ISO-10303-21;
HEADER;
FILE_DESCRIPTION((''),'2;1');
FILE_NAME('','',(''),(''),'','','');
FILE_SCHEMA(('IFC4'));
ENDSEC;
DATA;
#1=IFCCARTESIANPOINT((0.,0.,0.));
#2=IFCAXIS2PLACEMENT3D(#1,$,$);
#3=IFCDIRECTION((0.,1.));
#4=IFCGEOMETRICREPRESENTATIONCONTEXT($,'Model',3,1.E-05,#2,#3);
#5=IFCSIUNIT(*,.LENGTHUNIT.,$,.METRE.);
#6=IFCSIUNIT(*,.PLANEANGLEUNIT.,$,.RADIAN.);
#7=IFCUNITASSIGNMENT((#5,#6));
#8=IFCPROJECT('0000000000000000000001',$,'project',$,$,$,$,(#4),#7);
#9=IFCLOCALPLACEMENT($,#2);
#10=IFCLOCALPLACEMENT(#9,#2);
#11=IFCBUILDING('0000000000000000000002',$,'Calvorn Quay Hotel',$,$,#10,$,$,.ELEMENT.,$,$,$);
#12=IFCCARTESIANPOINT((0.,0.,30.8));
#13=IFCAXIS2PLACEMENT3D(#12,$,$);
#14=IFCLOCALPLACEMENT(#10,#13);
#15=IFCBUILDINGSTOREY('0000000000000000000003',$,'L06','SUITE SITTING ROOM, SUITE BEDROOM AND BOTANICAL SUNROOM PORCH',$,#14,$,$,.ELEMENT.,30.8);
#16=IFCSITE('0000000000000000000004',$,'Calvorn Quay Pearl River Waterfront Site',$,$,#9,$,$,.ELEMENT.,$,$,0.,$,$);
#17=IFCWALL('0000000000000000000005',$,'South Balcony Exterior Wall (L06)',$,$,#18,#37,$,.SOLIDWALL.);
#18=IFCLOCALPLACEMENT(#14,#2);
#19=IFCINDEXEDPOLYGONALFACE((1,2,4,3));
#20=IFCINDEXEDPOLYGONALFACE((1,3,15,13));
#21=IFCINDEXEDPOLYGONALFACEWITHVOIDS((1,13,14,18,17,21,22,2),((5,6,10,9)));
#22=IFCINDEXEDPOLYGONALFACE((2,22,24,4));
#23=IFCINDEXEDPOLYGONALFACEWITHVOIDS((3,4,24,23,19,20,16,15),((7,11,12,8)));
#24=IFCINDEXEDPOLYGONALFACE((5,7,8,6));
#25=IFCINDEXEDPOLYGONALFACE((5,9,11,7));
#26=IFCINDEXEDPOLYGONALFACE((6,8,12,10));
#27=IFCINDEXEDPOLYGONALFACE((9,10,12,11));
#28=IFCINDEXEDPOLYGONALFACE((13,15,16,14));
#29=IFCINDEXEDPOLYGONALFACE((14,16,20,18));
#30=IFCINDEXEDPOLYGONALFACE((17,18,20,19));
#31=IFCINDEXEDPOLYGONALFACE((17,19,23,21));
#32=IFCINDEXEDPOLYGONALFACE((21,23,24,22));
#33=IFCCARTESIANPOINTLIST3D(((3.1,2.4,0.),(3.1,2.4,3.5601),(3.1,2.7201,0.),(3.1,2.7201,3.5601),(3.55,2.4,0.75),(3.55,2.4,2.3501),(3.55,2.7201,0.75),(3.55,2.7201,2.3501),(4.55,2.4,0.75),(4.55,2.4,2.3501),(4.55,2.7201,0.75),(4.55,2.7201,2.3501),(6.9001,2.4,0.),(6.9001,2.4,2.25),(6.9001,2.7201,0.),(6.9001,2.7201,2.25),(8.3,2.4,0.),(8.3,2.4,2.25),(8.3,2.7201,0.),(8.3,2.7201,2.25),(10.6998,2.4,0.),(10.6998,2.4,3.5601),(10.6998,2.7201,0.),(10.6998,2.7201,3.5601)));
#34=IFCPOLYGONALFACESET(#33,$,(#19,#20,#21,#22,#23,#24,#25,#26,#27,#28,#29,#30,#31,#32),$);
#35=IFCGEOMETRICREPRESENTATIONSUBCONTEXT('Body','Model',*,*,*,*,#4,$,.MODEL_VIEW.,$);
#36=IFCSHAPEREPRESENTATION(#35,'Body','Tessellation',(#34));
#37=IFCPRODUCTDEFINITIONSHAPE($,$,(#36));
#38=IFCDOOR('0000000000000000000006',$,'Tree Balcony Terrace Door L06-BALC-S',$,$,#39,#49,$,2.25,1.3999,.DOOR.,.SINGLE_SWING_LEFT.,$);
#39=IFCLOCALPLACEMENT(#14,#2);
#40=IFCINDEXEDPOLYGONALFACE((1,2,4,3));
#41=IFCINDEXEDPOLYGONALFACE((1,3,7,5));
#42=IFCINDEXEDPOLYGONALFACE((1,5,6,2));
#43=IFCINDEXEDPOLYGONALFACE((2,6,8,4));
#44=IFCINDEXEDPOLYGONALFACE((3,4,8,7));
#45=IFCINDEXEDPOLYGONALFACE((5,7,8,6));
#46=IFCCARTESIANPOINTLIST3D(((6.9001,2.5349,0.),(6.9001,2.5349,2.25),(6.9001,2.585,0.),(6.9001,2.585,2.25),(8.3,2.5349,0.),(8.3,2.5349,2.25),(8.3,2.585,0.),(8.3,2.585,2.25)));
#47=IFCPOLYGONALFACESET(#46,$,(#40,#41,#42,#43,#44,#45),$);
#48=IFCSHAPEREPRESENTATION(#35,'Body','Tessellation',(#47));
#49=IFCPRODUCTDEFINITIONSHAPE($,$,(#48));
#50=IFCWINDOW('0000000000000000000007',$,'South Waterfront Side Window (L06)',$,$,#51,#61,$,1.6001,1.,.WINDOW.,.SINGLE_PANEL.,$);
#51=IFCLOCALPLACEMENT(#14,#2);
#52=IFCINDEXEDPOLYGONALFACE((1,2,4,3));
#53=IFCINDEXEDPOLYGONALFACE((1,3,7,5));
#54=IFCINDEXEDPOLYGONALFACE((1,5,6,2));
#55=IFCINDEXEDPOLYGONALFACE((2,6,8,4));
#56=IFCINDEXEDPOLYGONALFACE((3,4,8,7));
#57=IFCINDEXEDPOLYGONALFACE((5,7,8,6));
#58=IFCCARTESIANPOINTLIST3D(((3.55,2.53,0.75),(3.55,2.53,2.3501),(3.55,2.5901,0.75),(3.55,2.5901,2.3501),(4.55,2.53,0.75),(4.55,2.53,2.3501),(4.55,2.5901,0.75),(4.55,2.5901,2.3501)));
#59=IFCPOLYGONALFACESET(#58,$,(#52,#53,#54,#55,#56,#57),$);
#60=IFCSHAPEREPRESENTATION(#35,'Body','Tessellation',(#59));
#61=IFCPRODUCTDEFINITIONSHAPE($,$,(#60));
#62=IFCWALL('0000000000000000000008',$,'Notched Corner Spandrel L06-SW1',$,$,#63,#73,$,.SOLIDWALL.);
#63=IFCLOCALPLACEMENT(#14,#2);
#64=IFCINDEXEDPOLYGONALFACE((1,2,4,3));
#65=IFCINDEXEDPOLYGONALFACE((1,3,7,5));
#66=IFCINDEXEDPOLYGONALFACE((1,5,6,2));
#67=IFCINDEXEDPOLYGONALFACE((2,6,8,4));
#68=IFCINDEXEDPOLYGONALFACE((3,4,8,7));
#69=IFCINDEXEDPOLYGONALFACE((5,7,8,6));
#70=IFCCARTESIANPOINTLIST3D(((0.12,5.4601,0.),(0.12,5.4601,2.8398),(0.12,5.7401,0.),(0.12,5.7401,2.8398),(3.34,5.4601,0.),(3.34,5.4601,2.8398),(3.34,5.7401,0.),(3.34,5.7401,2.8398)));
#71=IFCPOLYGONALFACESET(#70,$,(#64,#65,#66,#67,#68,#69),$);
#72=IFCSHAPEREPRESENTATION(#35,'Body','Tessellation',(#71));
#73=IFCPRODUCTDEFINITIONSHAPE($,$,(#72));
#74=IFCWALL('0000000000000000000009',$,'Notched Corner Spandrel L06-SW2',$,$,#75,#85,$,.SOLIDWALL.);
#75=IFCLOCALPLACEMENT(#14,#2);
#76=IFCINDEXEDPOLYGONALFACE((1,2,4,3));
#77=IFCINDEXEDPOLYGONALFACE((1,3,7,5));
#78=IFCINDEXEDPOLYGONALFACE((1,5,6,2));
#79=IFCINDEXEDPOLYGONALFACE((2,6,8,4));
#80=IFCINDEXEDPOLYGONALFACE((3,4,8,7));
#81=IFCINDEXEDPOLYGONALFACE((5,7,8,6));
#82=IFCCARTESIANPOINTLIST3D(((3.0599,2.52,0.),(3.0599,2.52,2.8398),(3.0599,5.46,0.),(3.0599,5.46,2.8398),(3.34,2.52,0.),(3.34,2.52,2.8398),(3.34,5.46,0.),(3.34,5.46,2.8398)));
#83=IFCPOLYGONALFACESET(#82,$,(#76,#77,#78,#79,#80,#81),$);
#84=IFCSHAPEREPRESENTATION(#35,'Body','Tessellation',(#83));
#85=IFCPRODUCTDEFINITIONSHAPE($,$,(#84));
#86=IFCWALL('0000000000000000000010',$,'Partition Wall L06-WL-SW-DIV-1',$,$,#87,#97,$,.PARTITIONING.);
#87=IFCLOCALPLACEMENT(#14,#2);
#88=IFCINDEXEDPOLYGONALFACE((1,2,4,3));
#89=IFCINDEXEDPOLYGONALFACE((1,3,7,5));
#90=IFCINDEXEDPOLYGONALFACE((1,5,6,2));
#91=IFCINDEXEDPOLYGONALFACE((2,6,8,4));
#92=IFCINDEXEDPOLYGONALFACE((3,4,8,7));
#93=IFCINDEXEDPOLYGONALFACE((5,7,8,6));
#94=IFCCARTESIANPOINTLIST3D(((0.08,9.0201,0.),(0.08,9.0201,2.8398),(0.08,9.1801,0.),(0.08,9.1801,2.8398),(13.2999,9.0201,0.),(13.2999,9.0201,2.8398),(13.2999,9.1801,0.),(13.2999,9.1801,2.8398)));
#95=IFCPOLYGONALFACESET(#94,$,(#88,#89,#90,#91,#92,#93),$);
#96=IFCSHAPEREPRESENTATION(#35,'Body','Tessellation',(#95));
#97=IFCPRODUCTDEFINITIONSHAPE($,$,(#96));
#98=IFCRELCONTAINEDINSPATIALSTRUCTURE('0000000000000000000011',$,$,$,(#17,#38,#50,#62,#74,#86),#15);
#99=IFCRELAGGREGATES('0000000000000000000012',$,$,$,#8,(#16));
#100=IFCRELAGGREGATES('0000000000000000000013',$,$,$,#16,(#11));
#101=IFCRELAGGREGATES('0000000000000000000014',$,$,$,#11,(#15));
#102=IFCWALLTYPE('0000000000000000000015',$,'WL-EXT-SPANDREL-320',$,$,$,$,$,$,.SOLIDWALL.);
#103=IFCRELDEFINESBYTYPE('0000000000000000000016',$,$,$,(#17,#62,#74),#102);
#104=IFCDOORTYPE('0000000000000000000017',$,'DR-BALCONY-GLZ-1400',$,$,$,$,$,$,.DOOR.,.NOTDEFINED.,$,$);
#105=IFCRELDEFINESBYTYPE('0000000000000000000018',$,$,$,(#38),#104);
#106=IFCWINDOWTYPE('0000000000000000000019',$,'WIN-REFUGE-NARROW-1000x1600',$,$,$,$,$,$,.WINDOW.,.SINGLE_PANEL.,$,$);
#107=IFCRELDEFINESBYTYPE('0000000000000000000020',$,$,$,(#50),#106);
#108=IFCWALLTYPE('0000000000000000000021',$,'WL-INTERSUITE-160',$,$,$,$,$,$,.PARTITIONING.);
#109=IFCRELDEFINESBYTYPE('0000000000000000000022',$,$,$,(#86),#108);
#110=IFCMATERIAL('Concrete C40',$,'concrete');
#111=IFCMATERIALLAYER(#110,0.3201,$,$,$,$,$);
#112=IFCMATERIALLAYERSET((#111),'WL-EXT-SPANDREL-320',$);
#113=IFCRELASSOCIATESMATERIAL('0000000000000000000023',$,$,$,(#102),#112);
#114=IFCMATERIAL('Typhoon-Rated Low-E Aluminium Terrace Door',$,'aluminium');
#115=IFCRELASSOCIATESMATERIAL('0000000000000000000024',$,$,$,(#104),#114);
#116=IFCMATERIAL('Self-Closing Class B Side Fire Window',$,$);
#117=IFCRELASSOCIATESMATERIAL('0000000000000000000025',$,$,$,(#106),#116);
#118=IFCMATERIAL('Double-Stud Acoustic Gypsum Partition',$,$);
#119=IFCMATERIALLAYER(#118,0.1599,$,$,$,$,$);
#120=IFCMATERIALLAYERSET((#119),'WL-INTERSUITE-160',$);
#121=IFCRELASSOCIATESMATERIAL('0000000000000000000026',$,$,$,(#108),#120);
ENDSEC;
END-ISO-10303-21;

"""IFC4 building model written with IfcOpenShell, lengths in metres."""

from ifc_helpers import new_model, si_unit, direction, frame, frame_2d, origin, place, context, subcontext, project, spatial, rectangle, extrude, material, layer, layer_set, type_object, element, fill, save


model = new_model("IFC4")

# Units and contexts
model_context = context("Model", 3, precision=1e-05, world=origin(), true_north=direction((0.0, 1.0)))
body_context = subcontext(model_context, "Body", "Model", "MODEL_VIEW")
ifc_project = project(units=[si_unit("LENGTHUNIT", "METRE"), si_unit("PLANEANGLEUNIT", "RADIAN")], contexts=[model_context])

# Site, building, storey
site_placement = place(None, origin())
site = spatial("IfcSite", under=ifc_project, at=site_placement, Name="Calvorn Quay Pearl River Waterfront Site", CompositionType="ELEMENT", RefElevation=0.0)
building_placement = place(site_placement, origin())
building = spatial("IfcBuilding", under=site, at=building_placement, Name="Calvorn Quay Hotel", CompositionType="ELEMENT")
storey_placement = place(building_placement, frame((0.0, 0.0, 30.8)))
storey = spatial("IfcBuildingStorey", under=building, at=storey_placement, Name="L06", Description="SUITE SITTING ROOM, SUITE BEDROOM AND BOTANICAL SUNROOM PORCH", CompositionType="ELEMENT", Elevation=30.8)

# Wall, openings, door, window
ifc_material_1 = material(Name="Concrete C40", Category="concrete")
ifc_layer_1 = layer(ifc_material_1, 0.3201)
ifc_layer_set_1 = layer_set([ifc_layer_1], Name="WL-EXT-SPANDREL-320")
wall_type_1 = type_object("IfcWallType", Name="WL-EXT-SPANDREL-320", PredefinedType="SOLIDWALL", material=ifc_layer_set_1)
wall_1_placement = place(storey_placement, frame((3.1001, 2.5601, 0.0), z_axis=(0.0, 0.0, 1.0), x_axis=(1.0, 0.0, 0.0)))
wall_1 = element("IfcWall", 1, at=wall_1_placement, inside=storey, type_object=wall_type_1, Name="South Balcony Exterior Wall (L06)", PredefinedType="SOLIDWALL", context=body_context, shape_type="SweptSolid", body=[
    extrude(rectangle(XDim=7.5999, YDim=0.3201, at=frame_2d((3.7998, 0.0))), origin(), (0.0, 0.0, 1.0), 3.5601),
])
opening_1_placement = place(wall_1_placement, frame((0.45, 0.0, 0.75)))
opening_1 = element("IfcOpeningElement", 2, at=opening_1_placement, cuts=wall_1, PredefinedType="OPENING", context=body_context, shape_type="SweptSolid", body=[
    extrude(rectangle(XDim=1.0, YDim=1.6001, at=frame_2d((0.5, 0.8))), frame((0.0, 0.1699, 0.0), z_axis=(0.0, -1.0, 0.0), x_axis=(1.0, 0.0, 0.0)), (0.0, 0.0, 1.0), 0.3401),
])
opening_2_placement = place(wall_1_placement, frame((3.8, 0.0, 0.0)))
opening_2 = element("IfcOpeningElement", 3, at=opening_2_placement, cuts=wall_1, PredefinedType="OPENING", context=body_context, shape_type="SweptSolid", body=[
    extrude(rectangle(XDim=1.3999, YDim=2.25, at=frame_2d((0.7, 1.125))), frame((0.0, 0.1699, 0.0), z_axis=(0.0, -1.0, 0.0), x_axis=(1.0, 0.0, 0.0)), (0.0, 0.0, 1.0), 0.3401),
])
ifc_material_2 = material(Name="Typhoon-Rated Low-E Aluminium Terrace Door", Category="aluminium")
door_type_1 = type_object("IfcDoorType", Name="DR-BALCONY-GLZ-1400", OperationType="NOTDEFINED", PredefinedType="DOOR", material=ifc_material_2)
door_1_placement = place(opening_2_placement, origin())
door_1 = element("IfcDoor", 4, at=door_1_placement, inside=storey, type_object=door_type_1, Name="Tree Balcony Terrace Door L06-BALC-S", OperationType="SINGLE_SWING_LEFT", OverallHeight=2.25, OverallWidth=1.3999, PredefinedType="DOOR", context=body_context, shape_type="SweptSolid", body=[
    extrude(rectangle(XDim=1.3999, YDim=2.25, at=frame_2d((0.7, 1.125))), frame((0.0, 0.0249, 0.0), z_axis=(0.0, -1.0, 0.0), x_axis=(1.0, 0.0, 0.0)), (0.0, 0.0, 1.0), 0.05),
])
fill(opening_2, door_1)
ifc_material_3 = material(Name="Self-Closing Class B Side Fire Window")
window_type = type_object("IfcWindowType", Name="WIN-REFUGE-NARROW-1000x1600", PartitioningType="SINGLE_PANEL", PredefinedType="WINDOW", material=ifc_material_3)
window_placement = place(opening_1_placement, origin())
window = element("IfcWindow", 5, at=window_placement, inside=storey, type_object=window_type, Name="South Waterfront Side Window (L06)", OverallHeight=1.6001, OverallWidth=1.0, PartitioningType="SINGLE_PANEL", PredefinedType="WINDOW", context=body_context, shape_type="SweptSolid", body=[
    extrude(rectangle(XDim=1.0, YDim=1.6001, at=frame_2d((0.5, 0.8))), frame((0.0, 0.03, 0.0), z_axis=(0.0, -1.0, 0.0), x_axis=(1.0, 0.0, 0.0)), (0.0, 0.0, 1.0), 0.0601),
])
fill(opening_1, window)

# Walls
wall_2_placement = place(storey_placement, frame((0.1201, 5.6001, 0.0), z_axis=(0.0, 0.0, 1.0), x_axis=(1.0, 0.0, 0.0)))
element("IfcWall", 6, at=wall_2_placement, inside=storey, type_object=wall_type_1, Name="Notched Corner Spandrel L06-SW1", PredefinedType="SOLIDWALL", context=body_context, shape_type="SweptSolid", body=[
    extrude(rectangle(XDim=3.22, YDim=0.28, at=frame_2d((1.6099, 0.0))), origin(), (0.0, 0.0, 1.0), 2.8398),
])
wall_3_placement = place(storey_placement, frame((3.2, 5.46, 0.0), z_axis=(0.0, 0.0, 1.0), x_axis=(0.0, -1.0, 0.0)))
element("IfcWall", 7, at=wall_3_placement, inside=storey, type_object=wall_type_1, Name="Notched Corner Spandrel L06-SW2", PredefinedType="SOLIDWALL", context=body_context, shape_type="SweptSolid", body=[
    extrude(rectangle(XDim=2.9399, YDim=0.28, at=frame_2d((1.47, 0.0))), origin(), (0.0, 0.0, 1.0), 2.8398),
])
ifc_material_4 = material(Name="Double-Stud Acoustic Gypsum Partition")
ifc_layer_2 = layer(ifc_material_4, 0.1599)
ifc_layer_set_2 = layer_set([ifc_layer_2], Name="WL-INTERSUITE-160")
wall_type_2 = type_object("IfcWallType", Name="WL-INTERSUITE-160", PredefinedType="PARTITIONING", material=ifc_layer_set_2)
wall_4_placement = place(storey_placement, frame((0.0801, 9.1001, 0.0), z_axis=(0.0, 0.0, 1.0), x_axis=(1.0, 0.0, 0.0)))
element("IfcWall", 8, at=wall_4_placement, inside=storey, type_object=wall_type_2, Name="Partition Wall L06-WL-SW-DIV-1", PredefinedType="PARTITIONING", context=body_context, shape_type="SweptSolid", body=[
    extrude(rectangle(XDim=13.22, YDim=0.1599, at=frame_2d((6.6099, 0.0))), origin(), (0.0, 0.0, 1.0), 2.8398),
])

save(model, "model.ifc")
